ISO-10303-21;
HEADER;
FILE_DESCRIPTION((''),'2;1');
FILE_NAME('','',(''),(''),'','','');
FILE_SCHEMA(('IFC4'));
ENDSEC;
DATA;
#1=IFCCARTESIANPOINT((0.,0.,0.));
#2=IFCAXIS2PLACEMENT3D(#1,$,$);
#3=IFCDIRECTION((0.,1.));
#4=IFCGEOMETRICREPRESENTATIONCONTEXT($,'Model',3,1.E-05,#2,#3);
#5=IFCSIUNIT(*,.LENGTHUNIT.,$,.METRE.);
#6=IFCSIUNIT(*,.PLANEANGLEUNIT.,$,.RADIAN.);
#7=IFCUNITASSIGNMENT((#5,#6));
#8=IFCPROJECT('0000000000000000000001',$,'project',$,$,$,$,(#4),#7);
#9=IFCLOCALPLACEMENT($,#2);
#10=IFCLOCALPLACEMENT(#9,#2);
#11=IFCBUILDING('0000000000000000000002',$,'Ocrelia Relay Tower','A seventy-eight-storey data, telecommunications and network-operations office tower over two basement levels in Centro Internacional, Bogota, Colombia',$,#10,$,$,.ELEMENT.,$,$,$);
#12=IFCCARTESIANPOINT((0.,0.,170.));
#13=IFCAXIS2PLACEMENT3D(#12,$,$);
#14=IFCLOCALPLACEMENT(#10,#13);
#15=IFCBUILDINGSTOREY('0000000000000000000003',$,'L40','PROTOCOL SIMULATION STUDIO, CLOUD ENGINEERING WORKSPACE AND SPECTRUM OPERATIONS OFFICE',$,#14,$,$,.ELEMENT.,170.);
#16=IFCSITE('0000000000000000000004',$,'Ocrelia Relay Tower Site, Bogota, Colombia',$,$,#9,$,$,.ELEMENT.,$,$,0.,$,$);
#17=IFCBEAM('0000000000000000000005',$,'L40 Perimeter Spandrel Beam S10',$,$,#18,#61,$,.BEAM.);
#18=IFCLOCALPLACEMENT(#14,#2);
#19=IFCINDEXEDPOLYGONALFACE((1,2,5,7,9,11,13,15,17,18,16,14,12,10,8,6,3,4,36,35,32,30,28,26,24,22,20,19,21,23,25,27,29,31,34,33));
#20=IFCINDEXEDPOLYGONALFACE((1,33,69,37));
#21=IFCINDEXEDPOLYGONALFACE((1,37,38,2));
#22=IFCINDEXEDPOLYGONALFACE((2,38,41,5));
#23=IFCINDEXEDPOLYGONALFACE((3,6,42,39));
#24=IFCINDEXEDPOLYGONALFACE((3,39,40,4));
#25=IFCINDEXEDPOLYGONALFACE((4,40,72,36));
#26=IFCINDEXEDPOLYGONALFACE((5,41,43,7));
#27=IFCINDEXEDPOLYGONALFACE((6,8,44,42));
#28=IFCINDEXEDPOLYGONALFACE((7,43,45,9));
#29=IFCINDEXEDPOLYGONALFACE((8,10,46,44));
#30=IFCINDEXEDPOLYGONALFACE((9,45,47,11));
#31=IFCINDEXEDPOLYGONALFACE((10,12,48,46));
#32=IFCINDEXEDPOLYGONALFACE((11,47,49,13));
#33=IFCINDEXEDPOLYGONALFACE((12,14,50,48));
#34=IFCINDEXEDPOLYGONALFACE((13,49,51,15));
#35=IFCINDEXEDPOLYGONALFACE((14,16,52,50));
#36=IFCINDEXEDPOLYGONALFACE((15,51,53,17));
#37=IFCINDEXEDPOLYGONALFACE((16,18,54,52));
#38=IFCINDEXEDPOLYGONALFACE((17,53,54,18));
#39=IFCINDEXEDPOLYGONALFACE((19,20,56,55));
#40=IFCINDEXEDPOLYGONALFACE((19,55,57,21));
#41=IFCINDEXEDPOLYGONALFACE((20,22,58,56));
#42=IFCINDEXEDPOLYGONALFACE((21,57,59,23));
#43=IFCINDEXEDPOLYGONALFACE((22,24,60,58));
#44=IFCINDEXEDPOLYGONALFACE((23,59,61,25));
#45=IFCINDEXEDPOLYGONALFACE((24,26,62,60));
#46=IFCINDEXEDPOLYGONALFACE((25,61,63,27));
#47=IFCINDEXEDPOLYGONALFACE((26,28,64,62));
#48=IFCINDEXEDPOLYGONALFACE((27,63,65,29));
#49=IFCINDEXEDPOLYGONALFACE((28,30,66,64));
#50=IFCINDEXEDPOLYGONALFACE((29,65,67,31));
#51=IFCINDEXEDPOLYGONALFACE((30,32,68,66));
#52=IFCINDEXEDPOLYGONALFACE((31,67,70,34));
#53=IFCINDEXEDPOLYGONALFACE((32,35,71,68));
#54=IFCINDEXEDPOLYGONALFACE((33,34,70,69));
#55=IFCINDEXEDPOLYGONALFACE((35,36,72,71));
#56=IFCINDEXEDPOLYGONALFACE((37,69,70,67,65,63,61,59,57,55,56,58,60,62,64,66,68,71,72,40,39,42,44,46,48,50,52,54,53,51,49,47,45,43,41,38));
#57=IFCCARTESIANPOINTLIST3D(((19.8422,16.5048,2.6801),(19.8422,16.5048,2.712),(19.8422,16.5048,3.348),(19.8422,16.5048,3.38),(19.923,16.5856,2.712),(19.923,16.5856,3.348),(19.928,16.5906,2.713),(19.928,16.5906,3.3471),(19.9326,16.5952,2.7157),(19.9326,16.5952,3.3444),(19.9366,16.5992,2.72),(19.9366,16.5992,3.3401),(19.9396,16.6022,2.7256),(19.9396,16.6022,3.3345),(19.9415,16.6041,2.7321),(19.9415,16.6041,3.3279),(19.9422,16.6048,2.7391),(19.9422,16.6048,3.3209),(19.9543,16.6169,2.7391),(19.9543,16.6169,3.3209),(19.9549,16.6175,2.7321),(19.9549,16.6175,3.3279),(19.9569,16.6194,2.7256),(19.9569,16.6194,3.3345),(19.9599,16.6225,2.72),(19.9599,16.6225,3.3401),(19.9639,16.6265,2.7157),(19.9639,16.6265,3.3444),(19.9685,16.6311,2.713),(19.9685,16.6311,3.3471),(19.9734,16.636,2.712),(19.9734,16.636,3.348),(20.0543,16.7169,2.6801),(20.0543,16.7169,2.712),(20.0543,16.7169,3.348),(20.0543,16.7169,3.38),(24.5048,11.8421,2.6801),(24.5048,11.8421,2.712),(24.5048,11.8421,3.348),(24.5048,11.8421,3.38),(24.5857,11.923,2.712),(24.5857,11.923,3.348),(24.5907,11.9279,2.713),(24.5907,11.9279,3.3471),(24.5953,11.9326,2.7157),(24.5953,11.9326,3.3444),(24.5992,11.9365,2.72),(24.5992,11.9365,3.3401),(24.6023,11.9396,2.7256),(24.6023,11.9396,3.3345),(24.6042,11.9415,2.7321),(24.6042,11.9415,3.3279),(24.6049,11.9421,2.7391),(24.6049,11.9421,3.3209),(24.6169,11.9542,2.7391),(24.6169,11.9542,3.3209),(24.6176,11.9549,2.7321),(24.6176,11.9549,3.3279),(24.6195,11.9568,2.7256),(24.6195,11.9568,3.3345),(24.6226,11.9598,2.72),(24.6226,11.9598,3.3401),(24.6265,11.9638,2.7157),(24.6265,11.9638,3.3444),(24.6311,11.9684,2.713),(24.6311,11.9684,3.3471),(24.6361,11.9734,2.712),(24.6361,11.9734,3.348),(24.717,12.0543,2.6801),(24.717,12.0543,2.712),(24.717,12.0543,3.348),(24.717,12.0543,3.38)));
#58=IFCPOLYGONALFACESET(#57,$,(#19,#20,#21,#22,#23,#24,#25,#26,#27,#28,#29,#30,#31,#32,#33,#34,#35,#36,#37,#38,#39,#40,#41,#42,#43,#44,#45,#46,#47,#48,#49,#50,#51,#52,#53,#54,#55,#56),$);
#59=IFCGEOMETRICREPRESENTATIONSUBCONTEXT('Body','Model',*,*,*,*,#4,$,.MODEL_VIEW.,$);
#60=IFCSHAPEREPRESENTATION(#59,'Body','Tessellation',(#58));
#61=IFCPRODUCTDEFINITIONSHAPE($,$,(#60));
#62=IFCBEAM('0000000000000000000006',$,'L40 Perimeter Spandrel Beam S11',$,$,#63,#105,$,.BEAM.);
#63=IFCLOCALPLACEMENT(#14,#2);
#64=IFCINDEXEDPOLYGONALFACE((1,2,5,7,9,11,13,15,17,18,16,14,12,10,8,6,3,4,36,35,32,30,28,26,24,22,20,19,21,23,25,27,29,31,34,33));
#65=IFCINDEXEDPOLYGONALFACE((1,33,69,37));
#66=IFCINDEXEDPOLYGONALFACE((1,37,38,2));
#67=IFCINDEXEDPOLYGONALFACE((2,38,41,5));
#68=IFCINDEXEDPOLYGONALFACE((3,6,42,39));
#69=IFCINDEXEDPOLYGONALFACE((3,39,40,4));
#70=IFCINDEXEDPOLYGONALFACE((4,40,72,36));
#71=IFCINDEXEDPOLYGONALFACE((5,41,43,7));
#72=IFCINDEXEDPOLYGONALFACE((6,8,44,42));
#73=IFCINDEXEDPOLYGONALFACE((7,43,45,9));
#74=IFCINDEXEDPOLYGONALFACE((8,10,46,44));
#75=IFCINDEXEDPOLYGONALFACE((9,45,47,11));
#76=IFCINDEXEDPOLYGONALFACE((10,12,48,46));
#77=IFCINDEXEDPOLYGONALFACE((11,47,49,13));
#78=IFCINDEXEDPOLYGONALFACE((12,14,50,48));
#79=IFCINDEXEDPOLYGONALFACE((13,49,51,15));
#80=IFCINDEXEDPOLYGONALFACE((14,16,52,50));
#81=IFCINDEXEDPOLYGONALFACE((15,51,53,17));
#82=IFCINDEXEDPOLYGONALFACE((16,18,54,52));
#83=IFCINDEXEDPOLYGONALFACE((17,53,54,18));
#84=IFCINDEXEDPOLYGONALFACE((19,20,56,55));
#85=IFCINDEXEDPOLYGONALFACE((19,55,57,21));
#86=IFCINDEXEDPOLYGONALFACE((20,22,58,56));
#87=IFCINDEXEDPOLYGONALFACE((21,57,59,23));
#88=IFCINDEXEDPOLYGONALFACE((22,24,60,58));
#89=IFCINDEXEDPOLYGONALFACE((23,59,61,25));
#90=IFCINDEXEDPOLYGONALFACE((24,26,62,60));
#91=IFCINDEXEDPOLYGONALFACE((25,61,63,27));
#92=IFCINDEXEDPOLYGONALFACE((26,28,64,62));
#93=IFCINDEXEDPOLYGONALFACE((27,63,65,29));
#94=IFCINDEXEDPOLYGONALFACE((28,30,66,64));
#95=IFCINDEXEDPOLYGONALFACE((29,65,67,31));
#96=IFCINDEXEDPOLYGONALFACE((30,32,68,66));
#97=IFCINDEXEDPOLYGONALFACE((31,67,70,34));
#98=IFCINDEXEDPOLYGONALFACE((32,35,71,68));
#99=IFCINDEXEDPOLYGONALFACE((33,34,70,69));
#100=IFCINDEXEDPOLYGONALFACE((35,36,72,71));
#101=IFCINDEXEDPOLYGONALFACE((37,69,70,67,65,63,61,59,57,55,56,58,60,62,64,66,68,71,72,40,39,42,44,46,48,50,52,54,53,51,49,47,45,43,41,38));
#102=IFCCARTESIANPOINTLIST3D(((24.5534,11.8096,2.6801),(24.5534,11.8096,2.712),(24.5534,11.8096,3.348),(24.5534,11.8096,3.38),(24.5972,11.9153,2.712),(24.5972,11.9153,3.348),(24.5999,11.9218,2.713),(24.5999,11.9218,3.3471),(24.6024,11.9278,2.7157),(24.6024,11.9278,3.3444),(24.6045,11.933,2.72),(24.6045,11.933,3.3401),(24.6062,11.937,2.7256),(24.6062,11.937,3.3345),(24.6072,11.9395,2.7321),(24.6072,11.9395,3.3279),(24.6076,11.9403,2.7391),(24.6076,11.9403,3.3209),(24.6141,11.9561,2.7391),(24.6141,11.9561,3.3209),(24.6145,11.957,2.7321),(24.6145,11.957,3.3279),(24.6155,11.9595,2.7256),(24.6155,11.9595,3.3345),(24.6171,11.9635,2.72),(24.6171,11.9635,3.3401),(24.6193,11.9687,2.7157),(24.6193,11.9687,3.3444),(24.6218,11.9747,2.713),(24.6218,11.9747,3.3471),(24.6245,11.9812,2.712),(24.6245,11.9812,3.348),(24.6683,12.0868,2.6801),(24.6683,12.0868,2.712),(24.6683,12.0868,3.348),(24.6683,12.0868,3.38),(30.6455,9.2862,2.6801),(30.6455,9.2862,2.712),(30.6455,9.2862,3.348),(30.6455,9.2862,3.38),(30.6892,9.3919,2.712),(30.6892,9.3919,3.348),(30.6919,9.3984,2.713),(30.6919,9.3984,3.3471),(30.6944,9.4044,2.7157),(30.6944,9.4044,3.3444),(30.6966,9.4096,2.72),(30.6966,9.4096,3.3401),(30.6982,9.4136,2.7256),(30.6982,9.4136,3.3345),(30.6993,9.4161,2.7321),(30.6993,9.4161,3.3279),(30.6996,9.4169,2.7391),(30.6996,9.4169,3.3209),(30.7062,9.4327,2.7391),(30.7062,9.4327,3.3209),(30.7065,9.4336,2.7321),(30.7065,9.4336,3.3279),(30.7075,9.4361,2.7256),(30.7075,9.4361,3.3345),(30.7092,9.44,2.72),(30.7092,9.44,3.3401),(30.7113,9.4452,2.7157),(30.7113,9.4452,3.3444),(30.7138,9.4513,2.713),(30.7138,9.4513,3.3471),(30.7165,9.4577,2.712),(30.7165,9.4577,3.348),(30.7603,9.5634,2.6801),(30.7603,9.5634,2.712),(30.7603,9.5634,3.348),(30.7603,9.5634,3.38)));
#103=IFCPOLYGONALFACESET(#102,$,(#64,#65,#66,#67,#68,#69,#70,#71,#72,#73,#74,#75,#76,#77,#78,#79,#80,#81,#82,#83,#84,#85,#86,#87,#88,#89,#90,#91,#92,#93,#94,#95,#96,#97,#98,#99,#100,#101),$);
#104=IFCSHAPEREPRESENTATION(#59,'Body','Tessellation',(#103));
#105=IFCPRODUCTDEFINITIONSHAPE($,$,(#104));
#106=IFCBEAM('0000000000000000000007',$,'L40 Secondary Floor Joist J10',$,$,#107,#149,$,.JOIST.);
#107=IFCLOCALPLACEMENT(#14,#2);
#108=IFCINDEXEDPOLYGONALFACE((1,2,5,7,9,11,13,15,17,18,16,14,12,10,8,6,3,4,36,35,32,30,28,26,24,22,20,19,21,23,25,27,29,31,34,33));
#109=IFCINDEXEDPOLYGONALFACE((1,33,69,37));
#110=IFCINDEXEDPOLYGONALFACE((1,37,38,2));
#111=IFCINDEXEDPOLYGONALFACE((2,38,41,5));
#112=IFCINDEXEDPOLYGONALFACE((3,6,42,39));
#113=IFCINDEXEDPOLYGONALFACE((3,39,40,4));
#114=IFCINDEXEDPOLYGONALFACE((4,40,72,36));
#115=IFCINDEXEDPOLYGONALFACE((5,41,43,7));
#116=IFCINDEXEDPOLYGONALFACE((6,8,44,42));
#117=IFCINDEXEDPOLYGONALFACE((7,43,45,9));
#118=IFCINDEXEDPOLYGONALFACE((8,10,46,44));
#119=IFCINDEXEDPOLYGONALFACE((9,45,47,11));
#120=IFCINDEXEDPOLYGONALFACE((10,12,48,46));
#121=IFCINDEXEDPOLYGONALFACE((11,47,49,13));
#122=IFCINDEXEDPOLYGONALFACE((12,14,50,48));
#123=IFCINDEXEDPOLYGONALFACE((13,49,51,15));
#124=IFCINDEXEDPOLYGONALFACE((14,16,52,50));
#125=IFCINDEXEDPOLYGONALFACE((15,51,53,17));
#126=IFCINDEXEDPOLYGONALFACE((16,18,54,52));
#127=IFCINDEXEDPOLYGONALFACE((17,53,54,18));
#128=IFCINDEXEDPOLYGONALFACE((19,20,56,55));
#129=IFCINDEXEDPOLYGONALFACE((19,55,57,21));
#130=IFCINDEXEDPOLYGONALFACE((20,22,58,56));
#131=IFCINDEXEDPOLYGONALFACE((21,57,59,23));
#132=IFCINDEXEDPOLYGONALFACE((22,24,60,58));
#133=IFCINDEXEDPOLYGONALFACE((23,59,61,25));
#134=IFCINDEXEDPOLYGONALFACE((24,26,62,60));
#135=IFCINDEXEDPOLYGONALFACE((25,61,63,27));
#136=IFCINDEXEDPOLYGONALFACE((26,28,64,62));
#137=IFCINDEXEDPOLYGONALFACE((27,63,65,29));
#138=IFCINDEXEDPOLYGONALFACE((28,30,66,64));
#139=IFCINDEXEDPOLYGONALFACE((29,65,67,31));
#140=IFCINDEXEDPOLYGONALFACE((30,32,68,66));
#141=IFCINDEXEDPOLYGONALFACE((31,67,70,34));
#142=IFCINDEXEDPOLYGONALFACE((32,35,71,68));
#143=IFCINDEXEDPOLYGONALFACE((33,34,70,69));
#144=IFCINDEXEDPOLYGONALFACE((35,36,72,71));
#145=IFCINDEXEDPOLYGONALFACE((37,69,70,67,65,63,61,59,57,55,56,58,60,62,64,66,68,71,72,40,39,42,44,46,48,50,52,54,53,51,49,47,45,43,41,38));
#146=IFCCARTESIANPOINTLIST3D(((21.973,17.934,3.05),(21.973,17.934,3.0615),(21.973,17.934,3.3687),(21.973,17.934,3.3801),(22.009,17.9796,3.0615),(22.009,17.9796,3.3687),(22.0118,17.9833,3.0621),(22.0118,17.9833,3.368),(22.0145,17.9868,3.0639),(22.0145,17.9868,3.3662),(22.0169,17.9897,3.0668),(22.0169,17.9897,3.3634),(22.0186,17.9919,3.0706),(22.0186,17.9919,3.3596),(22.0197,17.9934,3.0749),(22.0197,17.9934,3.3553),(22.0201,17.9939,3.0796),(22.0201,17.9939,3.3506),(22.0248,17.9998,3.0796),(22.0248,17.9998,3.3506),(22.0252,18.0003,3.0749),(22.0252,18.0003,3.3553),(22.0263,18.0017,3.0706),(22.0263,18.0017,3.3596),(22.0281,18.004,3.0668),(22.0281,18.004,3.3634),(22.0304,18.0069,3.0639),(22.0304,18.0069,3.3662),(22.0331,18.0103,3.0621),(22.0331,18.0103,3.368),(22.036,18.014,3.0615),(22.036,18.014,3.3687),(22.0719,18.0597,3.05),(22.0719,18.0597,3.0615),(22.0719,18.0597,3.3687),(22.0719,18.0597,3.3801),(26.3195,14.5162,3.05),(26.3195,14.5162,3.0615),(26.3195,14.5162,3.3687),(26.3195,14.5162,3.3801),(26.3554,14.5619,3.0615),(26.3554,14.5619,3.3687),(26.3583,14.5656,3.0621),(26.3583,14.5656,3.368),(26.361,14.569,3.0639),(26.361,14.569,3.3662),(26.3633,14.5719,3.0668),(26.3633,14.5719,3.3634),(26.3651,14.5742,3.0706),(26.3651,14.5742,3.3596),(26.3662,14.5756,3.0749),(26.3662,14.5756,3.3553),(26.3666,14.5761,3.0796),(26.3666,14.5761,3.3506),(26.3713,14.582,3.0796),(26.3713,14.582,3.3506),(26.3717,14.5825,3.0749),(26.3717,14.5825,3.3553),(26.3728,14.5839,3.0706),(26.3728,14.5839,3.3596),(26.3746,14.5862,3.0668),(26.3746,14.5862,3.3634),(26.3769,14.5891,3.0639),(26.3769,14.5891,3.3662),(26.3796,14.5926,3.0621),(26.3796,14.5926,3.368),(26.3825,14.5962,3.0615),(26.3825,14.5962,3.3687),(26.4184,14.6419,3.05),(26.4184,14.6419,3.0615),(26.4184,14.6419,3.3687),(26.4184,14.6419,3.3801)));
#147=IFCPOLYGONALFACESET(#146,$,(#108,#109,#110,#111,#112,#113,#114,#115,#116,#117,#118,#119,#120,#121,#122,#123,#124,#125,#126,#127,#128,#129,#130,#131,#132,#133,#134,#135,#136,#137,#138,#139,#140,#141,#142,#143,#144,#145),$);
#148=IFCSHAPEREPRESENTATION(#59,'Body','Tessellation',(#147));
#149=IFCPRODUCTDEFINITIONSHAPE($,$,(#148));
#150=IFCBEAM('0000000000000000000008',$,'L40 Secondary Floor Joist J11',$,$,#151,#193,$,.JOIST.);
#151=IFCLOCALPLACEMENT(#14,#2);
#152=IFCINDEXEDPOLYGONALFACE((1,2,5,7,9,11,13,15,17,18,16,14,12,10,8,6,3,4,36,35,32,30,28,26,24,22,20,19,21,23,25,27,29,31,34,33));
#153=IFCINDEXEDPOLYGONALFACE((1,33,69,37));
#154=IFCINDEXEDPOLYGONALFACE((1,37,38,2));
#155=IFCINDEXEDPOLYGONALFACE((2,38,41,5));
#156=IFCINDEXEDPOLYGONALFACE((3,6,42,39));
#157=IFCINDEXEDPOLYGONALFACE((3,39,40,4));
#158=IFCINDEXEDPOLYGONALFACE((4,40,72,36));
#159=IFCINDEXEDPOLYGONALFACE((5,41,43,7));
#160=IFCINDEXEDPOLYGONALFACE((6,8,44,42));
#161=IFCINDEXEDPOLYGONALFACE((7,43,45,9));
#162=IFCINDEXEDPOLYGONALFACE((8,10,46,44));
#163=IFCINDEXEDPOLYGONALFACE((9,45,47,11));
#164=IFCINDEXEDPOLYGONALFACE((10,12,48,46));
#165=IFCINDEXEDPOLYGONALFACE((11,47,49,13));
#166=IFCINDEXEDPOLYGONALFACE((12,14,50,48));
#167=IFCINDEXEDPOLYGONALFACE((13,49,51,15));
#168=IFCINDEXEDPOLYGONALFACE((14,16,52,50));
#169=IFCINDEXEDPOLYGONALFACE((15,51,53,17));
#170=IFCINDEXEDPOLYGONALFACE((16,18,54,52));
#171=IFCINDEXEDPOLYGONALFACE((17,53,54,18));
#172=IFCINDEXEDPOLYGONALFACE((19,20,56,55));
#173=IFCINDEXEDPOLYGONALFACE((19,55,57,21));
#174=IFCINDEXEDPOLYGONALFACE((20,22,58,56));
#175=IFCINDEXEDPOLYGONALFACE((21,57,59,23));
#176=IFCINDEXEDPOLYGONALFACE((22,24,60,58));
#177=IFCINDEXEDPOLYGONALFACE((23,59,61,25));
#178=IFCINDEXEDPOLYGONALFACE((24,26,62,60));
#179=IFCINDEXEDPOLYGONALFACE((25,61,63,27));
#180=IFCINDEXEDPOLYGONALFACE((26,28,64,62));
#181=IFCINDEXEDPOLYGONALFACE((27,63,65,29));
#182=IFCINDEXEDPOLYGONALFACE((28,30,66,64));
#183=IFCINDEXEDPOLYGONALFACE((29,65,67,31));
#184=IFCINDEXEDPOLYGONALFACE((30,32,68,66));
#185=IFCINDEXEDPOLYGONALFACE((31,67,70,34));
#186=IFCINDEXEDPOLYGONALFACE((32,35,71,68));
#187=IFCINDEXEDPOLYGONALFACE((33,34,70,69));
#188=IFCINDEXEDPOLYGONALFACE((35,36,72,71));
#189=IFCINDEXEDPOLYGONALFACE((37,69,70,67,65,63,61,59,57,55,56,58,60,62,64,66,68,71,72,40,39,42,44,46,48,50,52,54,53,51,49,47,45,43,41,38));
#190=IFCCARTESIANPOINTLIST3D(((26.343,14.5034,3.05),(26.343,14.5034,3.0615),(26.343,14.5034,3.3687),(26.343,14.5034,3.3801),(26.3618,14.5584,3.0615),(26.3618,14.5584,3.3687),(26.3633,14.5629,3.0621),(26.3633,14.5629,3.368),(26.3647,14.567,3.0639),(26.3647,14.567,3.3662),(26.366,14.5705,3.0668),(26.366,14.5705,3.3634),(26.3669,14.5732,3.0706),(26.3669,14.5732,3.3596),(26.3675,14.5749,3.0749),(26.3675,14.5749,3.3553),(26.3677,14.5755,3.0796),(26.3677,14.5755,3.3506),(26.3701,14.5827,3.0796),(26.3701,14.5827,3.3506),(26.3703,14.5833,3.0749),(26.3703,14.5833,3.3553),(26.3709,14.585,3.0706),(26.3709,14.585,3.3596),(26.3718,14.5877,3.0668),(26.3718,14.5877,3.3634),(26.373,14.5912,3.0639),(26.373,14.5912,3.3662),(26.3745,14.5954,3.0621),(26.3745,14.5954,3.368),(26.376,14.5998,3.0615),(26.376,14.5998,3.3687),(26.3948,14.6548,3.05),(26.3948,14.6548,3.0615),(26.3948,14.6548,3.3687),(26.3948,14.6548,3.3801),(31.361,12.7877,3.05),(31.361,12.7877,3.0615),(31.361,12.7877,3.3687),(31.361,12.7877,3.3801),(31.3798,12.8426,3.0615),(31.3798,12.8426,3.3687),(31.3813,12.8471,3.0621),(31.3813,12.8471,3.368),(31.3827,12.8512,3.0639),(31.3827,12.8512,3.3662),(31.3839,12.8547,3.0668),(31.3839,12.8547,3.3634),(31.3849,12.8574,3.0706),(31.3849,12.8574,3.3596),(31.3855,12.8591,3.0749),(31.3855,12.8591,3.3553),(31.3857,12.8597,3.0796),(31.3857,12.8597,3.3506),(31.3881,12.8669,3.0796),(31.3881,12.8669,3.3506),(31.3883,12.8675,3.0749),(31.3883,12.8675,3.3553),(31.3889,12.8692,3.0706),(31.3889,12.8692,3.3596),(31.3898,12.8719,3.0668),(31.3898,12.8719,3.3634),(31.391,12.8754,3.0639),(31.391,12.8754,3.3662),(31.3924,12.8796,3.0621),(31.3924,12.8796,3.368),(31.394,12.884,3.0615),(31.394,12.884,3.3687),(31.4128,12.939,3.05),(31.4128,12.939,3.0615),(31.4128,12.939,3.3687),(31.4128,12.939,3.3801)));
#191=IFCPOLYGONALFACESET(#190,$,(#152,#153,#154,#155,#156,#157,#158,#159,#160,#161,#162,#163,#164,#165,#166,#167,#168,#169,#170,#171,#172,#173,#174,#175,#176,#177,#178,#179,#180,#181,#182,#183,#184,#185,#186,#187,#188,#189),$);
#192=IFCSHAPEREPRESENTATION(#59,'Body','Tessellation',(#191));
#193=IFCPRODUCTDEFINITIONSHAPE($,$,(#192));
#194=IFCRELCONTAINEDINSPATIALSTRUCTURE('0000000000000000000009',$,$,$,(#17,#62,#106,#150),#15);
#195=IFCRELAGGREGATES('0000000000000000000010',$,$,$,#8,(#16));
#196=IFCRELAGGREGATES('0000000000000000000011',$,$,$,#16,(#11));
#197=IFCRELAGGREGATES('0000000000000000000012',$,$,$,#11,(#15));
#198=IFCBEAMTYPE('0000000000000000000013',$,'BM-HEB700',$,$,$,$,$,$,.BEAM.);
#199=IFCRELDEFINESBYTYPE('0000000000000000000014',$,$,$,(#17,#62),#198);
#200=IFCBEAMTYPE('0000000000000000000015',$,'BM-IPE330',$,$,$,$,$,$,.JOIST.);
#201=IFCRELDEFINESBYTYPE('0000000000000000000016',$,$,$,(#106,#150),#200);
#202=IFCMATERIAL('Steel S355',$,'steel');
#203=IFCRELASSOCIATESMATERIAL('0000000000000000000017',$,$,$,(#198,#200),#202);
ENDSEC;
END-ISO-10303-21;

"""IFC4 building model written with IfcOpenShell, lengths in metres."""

from ifc_helpers import new_model, si_unit, direction, frame, origin, origin_2d, place, context, subcontext, project, spatial, i_section, extrude, material, material_profile, profile_set, type_object, element, save


model = new_model("IFC4")

# Units and contexts
model_context = context("Model", 3, precision=1e-05, world=origin(), true_north=direction((0.0, 1.0)))
body_context = subcontext(model_context, "Body", "Model", "MODEL_VIEW")
ifc_project = project(units=[si_unit("LENGTHUNIT", "METRE"), si_unit("PLANEANGLEUNIT", "RADIAN")], contexts=[model_context])

# Site, building, storey
site_placement = place(None, origin())
site = spatial("IfcSite", under=ifc_project, at=site_placement, Name="Ocrelia Relay Tower Site, Bogota, Colombia", CompositionType="ELEMENT", RefElevation=0.0)
building_placement = place(site_placement, origin())
building = spatial("IfcBuilding", under=site, at=building_placement, Name="Ocrelia Relay Tower", Description="A seventy-eight-storey data, telecommunications and network-operations office tower over two basement levels in Centro Internacional, Bogota, Colombia", CompositionType="ELEMENT")
storey_placement = place(building_placement, frame((0.0, 0.0, 170.0)))
storey = spatial("IfcBuildingStorey", under=building, at=storey_placement, Name="L40", Description="PROTOCOL SIMULATION STUDIO, CLOUD ENGINEERING WORKSPACE AND SPECTRUM OPERATIONS OFFICE", CompositionType="ELEMENT", Elevation=170.0)

# Beams
ifc_material_1 = material(Name="Steel S355", Category="steel")
ifc_material_profile_1 = material_profile(ifc_material_1, i_section(OverallWidth=0.3, OverallDepth=0.7, WebThickness=0.0171, FlangeThickness=0.032, FilletRadius=0.0271, at=origin_2d()), Name="HEB 700")
ifc_profile_set_1 = profile_set([ifc_material_profile_1], Name="Steel S355")
beam_type_1 = type_object("IfcBeamType", Name="BM-HEB700", PredefinedType="BEAM", material=ifc_profile_set_1)
for number, where, z_axis, x_axis, name in (
    (1, (19.9482, 16.6108, 3.03), (0.707107, -0.707107, 0.0), (0.707107, 0.707107, 0.0), "L40 Perimeter Spandrel Beam S10"),
    (2, (24.6108, 11.9482, 3.03), (0.923878, -0.382688, 0.0), (0.382688, 0.923878, 0.0), "L40 Perimeter Spandrel Beam S11"),
):
    element("IfcBeam", number, at=place(storey_placement, frame(where, z_axis=z_axis, x_axis=x_axis)), inside=storey, type_object=beam_type_1, Name=name, PredefinedType="BEAM", context=body_context, shape_type="SweptSolid", body=[
        extrude(i_section(OverallWidth=0.3, OverallDepth=0.7, WebThickness=0.0171, FlangeThickness=0.032, FilletRadius=0.0271, at=origin_2d()), origin(), (0.0, 0.0, 1.0), 6.594),
    ])
ifc_material_profile_2 = material_profile(ifc_material_1, i_section(OverallWidth=0.1599, OverallDepth=0.3301, WebThickness=0.0076, FlangeThickness=0.0115, FilletRadius=0.0181, at=origin_2d()), Name="IPE 330")
ifc_profile_set_2 = profile_set([ifc_material_profile_2], Name="Steel S355")
beam_type_2 = type_object("IfcBeamType", Name="BM-IPE330", PredefinedType="JOIST", material=ifc_profile_set_2)
beam_1_placement = place(storey_placement, frame((22.0225, 17.9968, 3.2151), z_axis=(0.786084, -0.61812, 0.0), x_axis=(0.61812, 0.786084, 0.0)))
element("IfcBeam", 3, at=beam_1_placement, inside=storey, type_object=beam_type_2, Name="L40 Secondary Floor Joist J10", PredefinedType="JOIST", context=body_context, shape_type="SweptSolid", body=[
    extrude(i_section(OverallWidth=0.1599, OverallDepth=0.3301, WebThickness=0.0076, FlangeThickness=0.0115, FilletRadius=0.0181, at=origin_2d()), origin(), (0.0, 0.0, 1.0), 5.5293),
])
beam_2_placement = place(storey_placement, frame((26.3689, 14.5791, 3.2151), z_axis=(0.946215, -0.323538, 0.0), x_axis=(0.323538, 0.946215, 0.0)))
element("IfcBeam", 4, at=beam_2_placement, inside=storey, type_object=beam_type_2, Name="L40 Secondary Floor Joist J11", PredefinedType="JOIST", context=body_context, shape_type="SweptSolid", body=[
    extrude(i_section(OverallWidth=0.1599, OverallDepth=0.3301, WebThickness=0.0076, FlangeThickness=0.0115, FilletRadius=0.0181, at=origin_2d()), origin(), (0.0, 0.0, 1.0), 5.3032),
])

save(model, "model.ifc")
